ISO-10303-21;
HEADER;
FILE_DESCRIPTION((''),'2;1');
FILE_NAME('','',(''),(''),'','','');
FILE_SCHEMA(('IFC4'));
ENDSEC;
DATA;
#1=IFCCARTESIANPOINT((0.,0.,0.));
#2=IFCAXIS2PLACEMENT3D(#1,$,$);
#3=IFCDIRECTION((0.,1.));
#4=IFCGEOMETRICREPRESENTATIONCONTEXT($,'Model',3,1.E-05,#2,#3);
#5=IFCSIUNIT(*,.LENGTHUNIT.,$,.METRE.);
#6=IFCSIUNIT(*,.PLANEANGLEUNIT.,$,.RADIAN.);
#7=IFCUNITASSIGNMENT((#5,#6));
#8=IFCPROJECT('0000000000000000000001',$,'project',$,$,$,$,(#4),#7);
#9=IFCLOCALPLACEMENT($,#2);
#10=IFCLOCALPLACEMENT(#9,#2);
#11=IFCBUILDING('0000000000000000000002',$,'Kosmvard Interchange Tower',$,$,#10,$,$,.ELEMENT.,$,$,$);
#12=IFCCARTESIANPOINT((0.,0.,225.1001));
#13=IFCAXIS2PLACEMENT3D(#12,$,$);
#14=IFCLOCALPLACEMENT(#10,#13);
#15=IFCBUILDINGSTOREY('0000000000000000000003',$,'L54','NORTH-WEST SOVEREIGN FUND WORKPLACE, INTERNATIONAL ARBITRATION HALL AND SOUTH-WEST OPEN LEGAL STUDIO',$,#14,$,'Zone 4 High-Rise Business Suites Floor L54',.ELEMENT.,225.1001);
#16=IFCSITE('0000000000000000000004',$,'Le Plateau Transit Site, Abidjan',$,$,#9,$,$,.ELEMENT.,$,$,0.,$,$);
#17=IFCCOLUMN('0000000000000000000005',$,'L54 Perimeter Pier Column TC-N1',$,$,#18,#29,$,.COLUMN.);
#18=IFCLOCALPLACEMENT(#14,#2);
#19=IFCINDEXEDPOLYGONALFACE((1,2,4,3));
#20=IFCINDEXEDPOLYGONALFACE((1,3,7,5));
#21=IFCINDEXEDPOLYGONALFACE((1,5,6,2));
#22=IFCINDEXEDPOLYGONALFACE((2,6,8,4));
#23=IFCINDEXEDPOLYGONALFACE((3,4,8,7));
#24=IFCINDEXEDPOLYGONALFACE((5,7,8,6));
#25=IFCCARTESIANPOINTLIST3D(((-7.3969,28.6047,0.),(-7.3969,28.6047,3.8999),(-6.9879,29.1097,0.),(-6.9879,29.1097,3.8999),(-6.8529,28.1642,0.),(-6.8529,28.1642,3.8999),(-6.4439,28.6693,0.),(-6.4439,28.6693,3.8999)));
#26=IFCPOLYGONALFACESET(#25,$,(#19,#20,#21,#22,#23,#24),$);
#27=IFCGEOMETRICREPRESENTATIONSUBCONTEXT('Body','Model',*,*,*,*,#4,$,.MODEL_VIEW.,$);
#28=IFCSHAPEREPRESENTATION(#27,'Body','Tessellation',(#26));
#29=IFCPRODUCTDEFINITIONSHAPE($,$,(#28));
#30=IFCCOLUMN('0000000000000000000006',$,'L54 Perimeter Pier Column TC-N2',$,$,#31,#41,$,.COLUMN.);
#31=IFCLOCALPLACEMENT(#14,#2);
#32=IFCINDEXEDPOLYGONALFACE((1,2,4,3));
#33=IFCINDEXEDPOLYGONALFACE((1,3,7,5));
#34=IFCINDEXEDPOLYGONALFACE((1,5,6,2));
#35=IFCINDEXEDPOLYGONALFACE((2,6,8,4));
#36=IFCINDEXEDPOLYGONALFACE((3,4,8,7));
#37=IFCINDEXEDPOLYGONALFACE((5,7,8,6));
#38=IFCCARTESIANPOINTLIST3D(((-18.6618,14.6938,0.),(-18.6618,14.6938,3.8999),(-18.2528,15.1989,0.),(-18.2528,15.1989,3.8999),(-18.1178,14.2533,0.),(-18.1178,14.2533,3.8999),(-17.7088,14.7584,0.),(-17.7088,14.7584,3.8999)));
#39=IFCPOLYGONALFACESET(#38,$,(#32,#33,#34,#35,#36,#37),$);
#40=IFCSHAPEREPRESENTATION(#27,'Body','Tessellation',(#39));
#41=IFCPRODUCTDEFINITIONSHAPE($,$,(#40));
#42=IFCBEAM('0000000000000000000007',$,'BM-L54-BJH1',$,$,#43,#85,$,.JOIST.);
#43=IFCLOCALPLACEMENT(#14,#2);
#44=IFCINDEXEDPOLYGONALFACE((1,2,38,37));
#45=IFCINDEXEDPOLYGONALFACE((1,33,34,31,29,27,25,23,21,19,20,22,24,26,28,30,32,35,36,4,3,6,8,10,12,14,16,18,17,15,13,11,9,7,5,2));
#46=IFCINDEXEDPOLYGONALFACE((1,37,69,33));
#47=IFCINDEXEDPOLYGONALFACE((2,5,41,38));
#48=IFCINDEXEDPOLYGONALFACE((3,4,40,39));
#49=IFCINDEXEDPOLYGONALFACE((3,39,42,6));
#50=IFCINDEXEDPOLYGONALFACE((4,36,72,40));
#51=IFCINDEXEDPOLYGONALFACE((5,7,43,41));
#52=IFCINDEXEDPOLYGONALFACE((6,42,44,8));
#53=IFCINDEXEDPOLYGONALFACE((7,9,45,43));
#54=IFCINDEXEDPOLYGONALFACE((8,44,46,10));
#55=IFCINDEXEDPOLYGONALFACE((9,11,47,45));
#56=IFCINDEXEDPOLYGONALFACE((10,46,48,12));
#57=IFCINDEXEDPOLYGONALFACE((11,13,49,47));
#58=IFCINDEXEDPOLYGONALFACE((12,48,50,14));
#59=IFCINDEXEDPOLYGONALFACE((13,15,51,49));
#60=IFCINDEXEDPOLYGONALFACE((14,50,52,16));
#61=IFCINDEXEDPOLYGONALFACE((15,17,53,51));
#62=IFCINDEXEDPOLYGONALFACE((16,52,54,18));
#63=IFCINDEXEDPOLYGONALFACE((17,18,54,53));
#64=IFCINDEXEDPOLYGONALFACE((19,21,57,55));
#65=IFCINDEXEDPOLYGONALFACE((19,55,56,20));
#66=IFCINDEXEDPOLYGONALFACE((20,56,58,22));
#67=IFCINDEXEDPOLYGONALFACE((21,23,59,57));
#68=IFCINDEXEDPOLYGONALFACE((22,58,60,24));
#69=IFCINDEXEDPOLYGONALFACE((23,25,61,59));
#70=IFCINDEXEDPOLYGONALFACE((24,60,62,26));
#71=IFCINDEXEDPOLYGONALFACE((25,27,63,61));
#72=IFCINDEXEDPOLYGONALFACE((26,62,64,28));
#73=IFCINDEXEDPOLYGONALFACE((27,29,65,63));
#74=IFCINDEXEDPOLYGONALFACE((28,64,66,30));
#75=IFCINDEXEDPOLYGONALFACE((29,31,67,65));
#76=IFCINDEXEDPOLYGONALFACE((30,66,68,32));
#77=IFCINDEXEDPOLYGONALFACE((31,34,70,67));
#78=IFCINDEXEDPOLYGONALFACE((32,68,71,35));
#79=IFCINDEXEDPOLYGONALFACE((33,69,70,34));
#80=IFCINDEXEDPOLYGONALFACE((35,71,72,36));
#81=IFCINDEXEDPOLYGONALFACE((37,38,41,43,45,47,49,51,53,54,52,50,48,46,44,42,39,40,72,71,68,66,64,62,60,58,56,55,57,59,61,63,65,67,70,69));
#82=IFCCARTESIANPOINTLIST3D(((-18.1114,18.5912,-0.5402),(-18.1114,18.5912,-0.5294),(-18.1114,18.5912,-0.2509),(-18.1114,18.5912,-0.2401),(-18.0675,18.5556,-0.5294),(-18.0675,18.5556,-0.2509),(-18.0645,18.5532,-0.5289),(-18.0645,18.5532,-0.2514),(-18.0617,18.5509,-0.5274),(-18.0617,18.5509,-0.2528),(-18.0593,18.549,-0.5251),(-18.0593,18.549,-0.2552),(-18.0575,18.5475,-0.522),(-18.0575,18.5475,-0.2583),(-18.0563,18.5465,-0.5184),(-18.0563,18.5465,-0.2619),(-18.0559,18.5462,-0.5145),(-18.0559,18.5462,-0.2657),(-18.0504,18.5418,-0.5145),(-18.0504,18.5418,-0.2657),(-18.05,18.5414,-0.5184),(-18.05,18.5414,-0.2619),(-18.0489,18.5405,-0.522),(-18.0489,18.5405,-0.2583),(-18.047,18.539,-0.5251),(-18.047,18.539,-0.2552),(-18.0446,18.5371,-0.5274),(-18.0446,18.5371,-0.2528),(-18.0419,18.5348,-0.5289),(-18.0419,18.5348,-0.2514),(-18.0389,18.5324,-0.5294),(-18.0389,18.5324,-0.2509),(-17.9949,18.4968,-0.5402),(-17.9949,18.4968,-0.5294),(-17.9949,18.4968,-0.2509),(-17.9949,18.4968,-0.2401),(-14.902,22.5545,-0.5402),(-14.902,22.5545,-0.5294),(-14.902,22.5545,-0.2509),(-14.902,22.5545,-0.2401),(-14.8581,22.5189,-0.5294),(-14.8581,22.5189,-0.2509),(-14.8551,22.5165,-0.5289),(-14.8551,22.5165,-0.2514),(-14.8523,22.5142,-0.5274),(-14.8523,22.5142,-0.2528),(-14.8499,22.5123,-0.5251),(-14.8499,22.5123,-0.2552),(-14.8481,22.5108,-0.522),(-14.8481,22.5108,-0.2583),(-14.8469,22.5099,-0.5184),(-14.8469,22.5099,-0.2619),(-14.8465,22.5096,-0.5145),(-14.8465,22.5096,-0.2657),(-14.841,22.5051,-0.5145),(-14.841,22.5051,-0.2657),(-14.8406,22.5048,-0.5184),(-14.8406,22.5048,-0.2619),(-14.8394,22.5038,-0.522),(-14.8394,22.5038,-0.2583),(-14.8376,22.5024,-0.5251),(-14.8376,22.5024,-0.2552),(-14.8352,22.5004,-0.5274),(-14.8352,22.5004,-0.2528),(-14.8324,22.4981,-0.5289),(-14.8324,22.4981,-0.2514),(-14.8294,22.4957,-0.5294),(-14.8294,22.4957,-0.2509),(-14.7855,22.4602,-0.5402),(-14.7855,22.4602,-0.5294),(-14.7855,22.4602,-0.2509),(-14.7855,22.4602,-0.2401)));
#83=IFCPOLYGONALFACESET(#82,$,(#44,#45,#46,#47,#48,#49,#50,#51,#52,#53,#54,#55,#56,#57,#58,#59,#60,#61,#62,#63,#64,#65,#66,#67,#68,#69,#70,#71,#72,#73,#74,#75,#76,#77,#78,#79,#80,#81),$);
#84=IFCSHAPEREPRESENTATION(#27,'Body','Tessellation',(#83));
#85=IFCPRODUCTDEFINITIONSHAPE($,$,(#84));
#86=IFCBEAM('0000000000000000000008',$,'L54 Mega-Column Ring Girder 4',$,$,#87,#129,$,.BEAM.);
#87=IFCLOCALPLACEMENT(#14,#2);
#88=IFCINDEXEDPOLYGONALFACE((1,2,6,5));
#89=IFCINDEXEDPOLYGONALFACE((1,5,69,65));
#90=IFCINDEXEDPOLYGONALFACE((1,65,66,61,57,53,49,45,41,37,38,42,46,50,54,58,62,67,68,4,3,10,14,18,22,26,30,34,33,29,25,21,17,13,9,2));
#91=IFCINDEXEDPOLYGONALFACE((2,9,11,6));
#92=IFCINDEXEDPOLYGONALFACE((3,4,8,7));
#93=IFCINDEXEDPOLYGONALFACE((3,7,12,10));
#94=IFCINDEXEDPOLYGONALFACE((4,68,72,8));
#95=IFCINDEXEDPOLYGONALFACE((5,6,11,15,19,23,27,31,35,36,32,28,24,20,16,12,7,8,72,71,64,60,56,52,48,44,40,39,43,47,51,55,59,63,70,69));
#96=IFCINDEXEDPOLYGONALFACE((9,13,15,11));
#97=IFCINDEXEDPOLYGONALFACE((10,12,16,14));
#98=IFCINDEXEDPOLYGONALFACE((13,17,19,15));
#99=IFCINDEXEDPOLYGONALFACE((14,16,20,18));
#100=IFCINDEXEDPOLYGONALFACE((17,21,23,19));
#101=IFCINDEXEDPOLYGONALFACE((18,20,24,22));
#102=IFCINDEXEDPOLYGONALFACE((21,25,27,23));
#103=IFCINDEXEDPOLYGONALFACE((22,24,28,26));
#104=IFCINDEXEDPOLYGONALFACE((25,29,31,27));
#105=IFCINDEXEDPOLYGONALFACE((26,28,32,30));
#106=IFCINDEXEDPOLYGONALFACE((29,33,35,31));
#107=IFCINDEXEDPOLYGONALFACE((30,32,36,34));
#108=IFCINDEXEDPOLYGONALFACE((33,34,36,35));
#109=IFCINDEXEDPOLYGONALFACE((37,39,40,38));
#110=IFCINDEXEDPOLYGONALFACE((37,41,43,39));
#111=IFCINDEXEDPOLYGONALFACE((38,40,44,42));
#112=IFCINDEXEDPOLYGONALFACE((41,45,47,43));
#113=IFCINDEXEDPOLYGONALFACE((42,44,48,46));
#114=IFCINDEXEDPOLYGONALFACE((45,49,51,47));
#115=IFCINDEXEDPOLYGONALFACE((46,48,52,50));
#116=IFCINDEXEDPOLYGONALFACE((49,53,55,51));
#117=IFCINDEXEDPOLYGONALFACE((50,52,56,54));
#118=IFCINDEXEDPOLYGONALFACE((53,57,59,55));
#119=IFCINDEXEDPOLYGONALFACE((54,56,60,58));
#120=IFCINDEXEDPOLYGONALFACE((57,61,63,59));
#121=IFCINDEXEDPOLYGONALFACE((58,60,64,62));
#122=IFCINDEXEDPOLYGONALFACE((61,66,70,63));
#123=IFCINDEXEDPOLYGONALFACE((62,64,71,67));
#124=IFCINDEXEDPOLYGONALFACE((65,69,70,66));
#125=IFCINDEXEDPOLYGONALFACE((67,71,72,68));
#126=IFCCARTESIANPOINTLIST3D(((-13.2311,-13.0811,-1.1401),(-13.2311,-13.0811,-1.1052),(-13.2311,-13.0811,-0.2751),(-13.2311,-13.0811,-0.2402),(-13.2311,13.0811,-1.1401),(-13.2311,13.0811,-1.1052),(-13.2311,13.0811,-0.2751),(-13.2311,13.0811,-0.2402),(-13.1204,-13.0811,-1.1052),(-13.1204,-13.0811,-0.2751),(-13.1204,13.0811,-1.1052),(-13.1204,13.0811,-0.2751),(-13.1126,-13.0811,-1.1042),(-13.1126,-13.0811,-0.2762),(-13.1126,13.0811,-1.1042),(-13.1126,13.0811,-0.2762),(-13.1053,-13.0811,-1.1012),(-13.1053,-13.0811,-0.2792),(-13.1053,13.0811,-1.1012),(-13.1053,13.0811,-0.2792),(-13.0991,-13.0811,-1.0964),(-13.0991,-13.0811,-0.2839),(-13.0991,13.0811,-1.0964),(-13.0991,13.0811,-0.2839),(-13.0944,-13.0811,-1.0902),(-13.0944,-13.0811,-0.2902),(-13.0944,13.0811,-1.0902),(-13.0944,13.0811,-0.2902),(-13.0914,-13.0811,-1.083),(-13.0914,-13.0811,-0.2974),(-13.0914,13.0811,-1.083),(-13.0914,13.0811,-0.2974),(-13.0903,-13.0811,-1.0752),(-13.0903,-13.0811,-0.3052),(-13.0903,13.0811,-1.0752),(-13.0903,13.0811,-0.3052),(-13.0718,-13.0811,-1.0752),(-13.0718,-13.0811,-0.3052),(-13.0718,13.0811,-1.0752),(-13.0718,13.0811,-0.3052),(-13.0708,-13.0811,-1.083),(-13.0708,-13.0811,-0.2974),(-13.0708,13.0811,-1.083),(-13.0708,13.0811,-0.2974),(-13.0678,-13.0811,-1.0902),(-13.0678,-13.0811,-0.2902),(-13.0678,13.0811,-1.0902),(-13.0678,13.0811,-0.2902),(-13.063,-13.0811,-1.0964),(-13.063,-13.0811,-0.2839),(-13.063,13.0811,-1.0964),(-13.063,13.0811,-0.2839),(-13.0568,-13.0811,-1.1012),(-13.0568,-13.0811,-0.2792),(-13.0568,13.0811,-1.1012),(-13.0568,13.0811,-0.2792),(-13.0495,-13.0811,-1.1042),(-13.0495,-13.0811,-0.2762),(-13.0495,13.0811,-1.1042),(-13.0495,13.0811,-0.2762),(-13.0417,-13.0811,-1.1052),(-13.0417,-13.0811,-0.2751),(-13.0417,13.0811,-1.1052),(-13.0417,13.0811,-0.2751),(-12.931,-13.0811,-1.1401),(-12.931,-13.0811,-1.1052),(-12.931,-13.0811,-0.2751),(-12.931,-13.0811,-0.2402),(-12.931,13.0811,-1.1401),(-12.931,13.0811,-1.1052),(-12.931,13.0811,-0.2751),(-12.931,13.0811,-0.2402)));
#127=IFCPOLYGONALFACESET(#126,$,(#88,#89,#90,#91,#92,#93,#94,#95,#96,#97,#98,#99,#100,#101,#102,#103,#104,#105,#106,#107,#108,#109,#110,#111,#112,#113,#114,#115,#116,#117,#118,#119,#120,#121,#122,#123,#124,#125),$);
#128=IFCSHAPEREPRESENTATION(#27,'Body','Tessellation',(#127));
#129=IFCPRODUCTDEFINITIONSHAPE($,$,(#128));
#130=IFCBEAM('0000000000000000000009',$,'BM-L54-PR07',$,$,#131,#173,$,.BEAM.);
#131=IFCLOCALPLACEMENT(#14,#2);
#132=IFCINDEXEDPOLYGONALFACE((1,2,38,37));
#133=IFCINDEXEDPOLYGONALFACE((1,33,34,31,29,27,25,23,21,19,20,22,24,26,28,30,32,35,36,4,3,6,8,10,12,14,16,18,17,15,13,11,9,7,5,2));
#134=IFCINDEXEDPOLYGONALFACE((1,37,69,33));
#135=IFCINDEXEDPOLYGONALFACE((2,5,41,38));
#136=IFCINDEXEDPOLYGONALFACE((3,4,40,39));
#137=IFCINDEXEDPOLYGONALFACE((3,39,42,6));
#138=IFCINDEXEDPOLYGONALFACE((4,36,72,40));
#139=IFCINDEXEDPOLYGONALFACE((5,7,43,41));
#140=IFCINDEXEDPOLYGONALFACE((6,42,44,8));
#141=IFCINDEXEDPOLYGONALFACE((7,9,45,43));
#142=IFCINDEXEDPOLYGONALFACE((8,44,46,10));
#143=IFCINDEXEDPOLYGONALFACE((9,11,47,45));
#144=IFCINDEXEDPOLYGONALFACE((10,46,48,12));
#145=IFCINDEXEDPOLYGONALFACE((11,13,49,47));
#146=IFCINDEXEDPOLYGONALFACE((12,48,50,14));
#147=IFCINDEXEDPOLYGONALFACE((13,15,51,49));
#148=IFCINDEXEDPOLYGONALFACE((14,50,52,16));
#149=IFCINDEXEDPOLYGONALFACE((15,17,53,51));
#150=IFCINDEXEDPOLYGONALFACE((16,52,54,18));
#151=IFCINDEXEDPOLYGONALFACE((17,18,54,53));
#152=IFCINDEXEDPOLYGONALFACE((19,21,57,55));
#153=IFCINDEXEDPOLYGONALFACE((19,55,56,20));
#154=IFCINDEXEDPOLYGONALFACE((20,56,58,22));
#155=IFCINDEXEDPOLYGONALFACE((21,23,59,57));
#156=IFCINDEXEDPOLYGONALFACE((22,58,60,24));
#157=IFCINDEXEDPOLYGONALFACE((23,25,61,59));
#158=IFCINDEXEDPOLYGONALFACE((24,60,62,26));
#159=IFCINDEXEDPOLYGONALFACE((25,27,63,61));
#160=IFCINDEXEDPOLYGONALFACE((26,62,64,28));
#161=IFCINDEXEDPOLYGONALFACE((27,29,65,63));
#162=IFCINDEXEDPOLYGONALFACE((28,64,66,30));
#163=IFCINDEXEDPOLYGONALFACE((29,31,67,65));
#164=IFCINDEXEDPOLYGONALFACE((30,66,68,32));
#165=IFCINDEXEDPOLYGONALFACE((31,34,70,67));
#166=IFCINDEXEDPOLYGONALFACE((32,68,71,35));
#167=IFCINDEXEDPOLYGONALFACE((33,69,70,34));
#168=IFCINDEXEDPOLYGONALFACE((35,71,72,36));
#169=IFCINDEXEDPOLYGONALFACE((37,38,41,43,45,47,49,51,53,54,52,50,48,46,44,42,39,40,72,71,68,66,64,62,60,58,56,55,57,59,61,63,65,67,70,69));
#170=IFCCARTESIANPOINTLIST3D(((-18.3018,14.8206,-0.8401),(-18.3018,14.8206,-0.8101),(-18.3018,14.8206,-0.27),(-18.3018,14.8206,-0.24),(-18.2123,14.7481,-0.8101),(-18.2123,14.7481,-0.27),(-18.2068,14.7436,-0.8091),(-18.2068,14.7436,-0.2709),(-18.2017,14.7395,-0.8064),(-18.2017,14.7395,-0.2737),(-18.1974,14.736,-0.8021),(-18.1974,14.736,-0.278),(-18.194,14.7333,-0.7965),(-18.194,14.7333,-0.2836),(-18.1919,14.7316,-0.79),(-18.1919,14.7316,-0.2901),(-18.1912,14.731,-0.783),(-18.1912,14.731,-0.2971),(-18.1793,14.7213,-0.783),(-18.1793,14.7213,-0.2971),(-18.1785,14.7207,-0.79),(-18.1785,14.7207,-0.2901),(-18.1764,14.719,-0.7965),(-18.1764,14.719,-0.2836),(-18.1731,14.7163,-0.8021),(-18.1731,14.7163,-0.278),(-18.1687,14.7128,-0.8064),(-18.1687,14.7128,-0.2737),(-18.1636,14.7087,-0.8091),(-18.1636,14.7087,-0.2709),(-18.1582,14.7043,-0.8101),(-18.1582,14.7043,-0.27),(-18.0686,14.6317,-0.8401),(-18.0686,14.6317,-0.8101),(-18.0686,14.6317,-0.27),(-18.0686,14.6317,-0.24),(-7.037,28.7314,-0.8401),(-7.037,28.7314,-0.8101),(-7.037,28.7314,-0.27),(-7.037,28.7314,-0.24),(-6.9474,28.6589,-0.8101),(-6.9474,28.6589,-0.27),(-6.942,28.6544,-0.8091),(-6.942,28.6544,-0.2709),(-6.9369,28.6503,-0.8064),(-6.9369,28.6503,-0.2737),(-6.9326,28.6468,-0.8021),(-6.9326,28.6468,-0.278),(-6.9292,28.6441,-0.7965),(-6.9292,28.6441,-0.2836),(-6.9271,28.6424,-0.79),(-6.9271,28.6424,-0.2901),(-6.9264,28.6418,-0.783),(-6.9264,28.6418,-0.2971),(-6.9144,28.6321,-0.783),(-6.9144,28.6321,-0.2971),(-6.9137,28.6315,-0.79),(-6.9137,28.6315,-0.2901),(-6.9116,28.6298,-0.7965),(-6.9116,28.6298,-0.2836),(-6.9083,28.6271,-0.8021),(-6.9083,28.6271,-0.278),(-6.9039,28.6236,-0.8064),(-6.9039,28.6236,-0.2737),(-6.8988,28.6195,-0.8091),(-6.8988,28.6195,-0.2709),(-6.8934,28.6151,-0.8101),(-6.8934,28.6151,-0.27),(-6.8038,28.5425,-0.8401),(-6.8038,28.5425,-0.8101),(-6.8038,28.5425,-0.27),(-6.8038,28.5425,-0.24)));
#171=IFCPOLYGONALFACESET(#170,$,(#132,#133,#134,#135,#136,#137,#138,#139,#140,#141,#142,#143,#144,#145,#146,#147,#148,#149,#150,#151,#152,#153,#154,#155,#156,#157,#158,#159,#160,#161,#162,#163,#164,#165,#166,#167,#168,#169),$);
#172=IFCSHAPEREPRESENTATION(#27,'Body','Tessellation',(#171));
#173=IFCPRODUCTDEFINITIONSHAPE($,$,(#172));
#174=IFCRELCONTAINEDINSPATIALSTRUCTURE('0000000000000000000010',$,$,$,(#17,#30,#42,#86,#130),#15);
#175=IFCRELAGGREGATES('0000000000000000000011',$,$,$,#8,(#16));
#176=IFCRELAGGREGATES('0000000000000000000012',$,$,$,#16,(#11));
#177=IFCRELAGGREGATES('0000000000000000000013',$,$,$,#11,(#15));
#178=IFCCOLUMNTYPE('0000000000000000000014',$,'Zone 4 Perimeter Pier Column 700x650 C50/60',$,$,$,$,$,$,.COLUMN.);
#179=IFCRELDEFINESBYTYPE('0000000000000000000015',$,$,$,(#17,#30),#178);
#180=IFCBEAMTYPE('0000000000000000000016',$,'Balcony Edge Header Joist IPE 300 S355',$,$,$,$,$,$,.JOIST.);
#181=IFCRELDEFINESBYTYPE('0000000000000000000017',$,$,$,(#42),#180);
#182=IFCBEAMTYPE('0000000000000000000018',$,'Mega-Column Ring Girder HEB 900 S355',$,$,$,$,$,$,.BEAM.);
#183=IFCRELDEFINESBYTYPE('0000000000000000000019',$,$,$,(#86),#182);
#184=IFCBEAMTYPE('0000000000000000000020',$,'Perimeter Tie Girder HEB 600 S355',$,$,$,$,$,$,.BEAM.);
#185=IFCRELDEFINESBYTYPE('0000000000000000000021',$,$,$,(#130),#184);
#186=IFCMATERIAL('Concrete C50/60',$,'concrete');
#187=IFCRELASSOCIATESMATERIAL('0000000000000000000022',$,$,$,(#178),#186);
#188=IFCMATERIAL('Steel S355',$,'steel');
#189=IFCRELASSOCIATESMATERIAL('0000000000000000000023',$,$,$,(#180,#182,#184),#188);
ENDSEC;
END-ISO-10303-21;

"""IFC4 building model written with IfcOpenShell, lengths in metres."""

from ifc_helpers import new_model, si_unit, direction, frame, origin, origin_2d, place, context, subcontext, project, spatial, rectangle, i_section, extrude, source, transform, mapped, material, material_profile, profile_set, type_object, element, save


model = new_model("IFC4")

# Units and contexts
model_context = context("Model", 3, precision=1e-05, world=origin(), true_north=direction((0.0, 1.0)))
body_context = subcontext(model_context, "Body", "Model", "MODEL_VIEW")
ifc_project = project(units=[si_unit("LENGTHUNIT", "METRE"), si_unit("PLANEANGLEUNIT", "RADIAN")], contexts=[model_context])

# Site, building, storey
site_placement = place(None, origin())
site = spatial("IfcSite", under=ifc_project, at=site_placement, Name="Le Plateau Transit Site, Abidjan", CompositionType="ELEMENT", RefElevation=0.0)
building_placement = place(site_placement, origin())
building = spatial("IfcBuilding", under=site, at=building_placement, Name="Kosmvard Interchange Tower", CompositionType="ELEMENT")
storey_placement = place(building_placement, frame((0.0, 0.0, 225.1001)))
storey = spatial("IfcBuildingStorey", under=building, at=storey_placement, Name="L54", Description="NORTH-WEST SOVEREIGN FUND WORKPLACE, INTERNATIONAL ARBITRATION HALL AND SOUTH-WEST OPEN LEGAL STUDIO", LongName="Zone 4 High-Rise Business Suites Floor L54", CompositionType="ELEMENT", Elevation=225.1001)

# Columns
ifc_material_1 = material(Name="Concrete C50/60", Category="concrete")
ifc_material_profile_1 = material_profile(ifc_material_1, rectangle(XDim=0.6499, YDim=0.7, at=origin_2d()), Name="TC 700x650")
ifc_profile_set_1 = profile_set([ifc_material_profile_1], Name="Concrete C50/60")
column_type = type_object("IfcColumnType", Name="Zone 4 Perimeter Pier Column 700x650 C50/60", PredefinedType="COLUMN", material=ifc_profile_set_1)
shared_shape_1 = source(origin(), body_context, "Body", "SweptSolid", [
    extrude(rectangle(XDim=0.6499, YDim=0.7, at=origin_2d()), origin(), (0.0, 0.0, 1.0), 3.8999),
])
for number, where, z_axis, x_axis, name in (
    (1, (-6.9204, 28.637, 0.0), (0.0, 0.0, 1.0), (0.62932, 0.777146, 0.0), "L54 Perimeter Pier Column TC-N1"),
    (2, (-18.1853, 14.7261, 0.0), (0.0, 0.0, 1.0), (0.62932, 0.777146, 0.0), "L54 Perimeter Pier Column TC-N2"),
):
    element("IfcColumn", number, at=place(storey_placement, frame(where, z_axis=z_axis, x_axis=x_axis)), inside=storey, type_object=column_type, Name=name, PredefinedType="COLUMN", context=body_context, shape_type="MappedRepresentation", body=[
        mapped(shared_shape_1, transform((0.0, 0.0, 0.0), scale=1.0)),
    ])

# Beams
ifc_material_2 = material(Name="Steel S355", Category="steel")
ifc_material_profile_2 = material_profile(ifc_material_2, i_section(OverallWidth=0.1499, OverallDepth=0.3, WebThickness=0.0071, FlangeThickness=0.0107, FilletRadius=0.0149, at=origin_2d()), Name="IPE 300")
ifc_profile_set_2 = profile_set([ifc_material_profile_2], Name="Steel S355")
beam_type_1 = type_object("IfcBeamType", Name="Balcony Edge Header Joist IPE 300 S355", PredefinedType="JOIST", material=ifc_profile_set_2)
shared_shape_2 = source(origin(), body_context, "Body", "SweptSolid", [
    extrude(i_section(OverallWidth=0.1499, OverallDepth=0.3, WebThickness=0.0071, FlangeThickness=0.0107, FilletRadius=0.0149, at=origin_2d()), origin(), (0.0, 0.0, 1.0), 5.0999),
])
beam_1_placement = place(storey_placement, frame((-14.8438, 22.5073, -0.3901), z_axis=(-0.629319, -0.777147, 0.0), x_axis=(0.777147, -0.629319, 0.0)))
element("IfcBeam", 3, at=beam_1_placement, inside=storey, type_object=beam_type_1, Name="BM-L54-BJH1", PredefinedType="JOIST", context=body_context, shape_type="MappedRepresentation", body=[
    mapped(shared_shape_2, transform((0.0, 0.0, 0.0), scale=1.0)),
])
ifc_material_profile_3 = material_profile(ifc_material_2, i_section(OverallWidth=0.3, OverallDepth=0.8999, WebThickness=0.0186, FlangeThickness=0.0349, FilletRadius=0.03, at=origin_2d()), Name="HEB 900")
ifc_profile_set_3 = profile_set([ifc_material_profile_3], Name="Steel S355")
beam_type_2 = type_object("IfcBeamType", Name="Mega-Column Ring Girder HEB 900 S355", PredefinedType="BEAM", material=ifc_profile_set_3)
shared_shape_3 = source(origin(), body_context, "Body", "SweptSolid", [
    extrude(i_section(OverallWidth=0.3, OverallDepth=0.8999, WebThickness=0.0186, FlangeThickness=0.0349, FilletRadius=0.03, at=origin_2d()), origin(), (0.0, 0.0, 1.0), 26.1621),
])
beam_2_placement = place(storey_placement, frame((-13.0811, 13.0811, -0.6902), z_axis=(0.0, -1.0, 0.0), x_axis=(1.0, 0.0, 0.0)))
element("IfcBeam", 4, at=beam_2_placement, inside=storey, type_object=beam_type_2, Name="L54 Mega-Column Ring Girder 4", PredefinedType="BEAM", context=body_context, shape_type="MappedRepresentation", body=[
    mapped(shared_shape_3, transform((0.0, 0.0, 0.0), scale=1.0)),
])
ifc_material_profile_4 = material_profile(ifc_material_2, i_section(OverallWidth=0.3, OverallDepth=0.6001, WebThickness=0.0154, FlangeThickness=0.03, FilletRadius=0.0271, at=origin_2d()), Name="HEB 600")
ifc_profile_set_4 = profile_set([ifc_material_profile_4], Name="Steel S355")
beam_type_3 = type_object("IfcBeamType", Name="Perimeter Tie Girder HEB 600 S355", PredefinedType="BEAM", material=ifc_profile_set_4)
shared_shape_4 = source(origin(), body_context, "Body", "SweptSolid", [
    extrude(i_section(OverallWidth=0.3, OverallDepth=0.6001, WebThickness=0.0154, FlangeThickness=0.03, FilletRadius=0.0271, at=origin_2d()), origin(), (0.0, 0.0, 1.0), 17.8999),
])
for number, where, z_axis, x_axis, name in (
    (5, (-6.9204, 28.637, -0.54), (-0.629323, -0.777144, 0.0), (0.777144, -0.629323, 0.0), "BM-L54-PR07"),
):
    element("IfcBeam", number, at=place(storey_placement, frame(where, z_axis=z_axis, x_axis=x_axis)), inside=storey, type_object=beam_type_3, Name=name, PredefinedType="BEAM", context=body_context, shape_type="MappedRepresentation", body=[
        mapped(shared_shape_4, transform((0.0, 0.0, 0.0), scale=1.0)),
    ])

save(model, "model.ifc")
